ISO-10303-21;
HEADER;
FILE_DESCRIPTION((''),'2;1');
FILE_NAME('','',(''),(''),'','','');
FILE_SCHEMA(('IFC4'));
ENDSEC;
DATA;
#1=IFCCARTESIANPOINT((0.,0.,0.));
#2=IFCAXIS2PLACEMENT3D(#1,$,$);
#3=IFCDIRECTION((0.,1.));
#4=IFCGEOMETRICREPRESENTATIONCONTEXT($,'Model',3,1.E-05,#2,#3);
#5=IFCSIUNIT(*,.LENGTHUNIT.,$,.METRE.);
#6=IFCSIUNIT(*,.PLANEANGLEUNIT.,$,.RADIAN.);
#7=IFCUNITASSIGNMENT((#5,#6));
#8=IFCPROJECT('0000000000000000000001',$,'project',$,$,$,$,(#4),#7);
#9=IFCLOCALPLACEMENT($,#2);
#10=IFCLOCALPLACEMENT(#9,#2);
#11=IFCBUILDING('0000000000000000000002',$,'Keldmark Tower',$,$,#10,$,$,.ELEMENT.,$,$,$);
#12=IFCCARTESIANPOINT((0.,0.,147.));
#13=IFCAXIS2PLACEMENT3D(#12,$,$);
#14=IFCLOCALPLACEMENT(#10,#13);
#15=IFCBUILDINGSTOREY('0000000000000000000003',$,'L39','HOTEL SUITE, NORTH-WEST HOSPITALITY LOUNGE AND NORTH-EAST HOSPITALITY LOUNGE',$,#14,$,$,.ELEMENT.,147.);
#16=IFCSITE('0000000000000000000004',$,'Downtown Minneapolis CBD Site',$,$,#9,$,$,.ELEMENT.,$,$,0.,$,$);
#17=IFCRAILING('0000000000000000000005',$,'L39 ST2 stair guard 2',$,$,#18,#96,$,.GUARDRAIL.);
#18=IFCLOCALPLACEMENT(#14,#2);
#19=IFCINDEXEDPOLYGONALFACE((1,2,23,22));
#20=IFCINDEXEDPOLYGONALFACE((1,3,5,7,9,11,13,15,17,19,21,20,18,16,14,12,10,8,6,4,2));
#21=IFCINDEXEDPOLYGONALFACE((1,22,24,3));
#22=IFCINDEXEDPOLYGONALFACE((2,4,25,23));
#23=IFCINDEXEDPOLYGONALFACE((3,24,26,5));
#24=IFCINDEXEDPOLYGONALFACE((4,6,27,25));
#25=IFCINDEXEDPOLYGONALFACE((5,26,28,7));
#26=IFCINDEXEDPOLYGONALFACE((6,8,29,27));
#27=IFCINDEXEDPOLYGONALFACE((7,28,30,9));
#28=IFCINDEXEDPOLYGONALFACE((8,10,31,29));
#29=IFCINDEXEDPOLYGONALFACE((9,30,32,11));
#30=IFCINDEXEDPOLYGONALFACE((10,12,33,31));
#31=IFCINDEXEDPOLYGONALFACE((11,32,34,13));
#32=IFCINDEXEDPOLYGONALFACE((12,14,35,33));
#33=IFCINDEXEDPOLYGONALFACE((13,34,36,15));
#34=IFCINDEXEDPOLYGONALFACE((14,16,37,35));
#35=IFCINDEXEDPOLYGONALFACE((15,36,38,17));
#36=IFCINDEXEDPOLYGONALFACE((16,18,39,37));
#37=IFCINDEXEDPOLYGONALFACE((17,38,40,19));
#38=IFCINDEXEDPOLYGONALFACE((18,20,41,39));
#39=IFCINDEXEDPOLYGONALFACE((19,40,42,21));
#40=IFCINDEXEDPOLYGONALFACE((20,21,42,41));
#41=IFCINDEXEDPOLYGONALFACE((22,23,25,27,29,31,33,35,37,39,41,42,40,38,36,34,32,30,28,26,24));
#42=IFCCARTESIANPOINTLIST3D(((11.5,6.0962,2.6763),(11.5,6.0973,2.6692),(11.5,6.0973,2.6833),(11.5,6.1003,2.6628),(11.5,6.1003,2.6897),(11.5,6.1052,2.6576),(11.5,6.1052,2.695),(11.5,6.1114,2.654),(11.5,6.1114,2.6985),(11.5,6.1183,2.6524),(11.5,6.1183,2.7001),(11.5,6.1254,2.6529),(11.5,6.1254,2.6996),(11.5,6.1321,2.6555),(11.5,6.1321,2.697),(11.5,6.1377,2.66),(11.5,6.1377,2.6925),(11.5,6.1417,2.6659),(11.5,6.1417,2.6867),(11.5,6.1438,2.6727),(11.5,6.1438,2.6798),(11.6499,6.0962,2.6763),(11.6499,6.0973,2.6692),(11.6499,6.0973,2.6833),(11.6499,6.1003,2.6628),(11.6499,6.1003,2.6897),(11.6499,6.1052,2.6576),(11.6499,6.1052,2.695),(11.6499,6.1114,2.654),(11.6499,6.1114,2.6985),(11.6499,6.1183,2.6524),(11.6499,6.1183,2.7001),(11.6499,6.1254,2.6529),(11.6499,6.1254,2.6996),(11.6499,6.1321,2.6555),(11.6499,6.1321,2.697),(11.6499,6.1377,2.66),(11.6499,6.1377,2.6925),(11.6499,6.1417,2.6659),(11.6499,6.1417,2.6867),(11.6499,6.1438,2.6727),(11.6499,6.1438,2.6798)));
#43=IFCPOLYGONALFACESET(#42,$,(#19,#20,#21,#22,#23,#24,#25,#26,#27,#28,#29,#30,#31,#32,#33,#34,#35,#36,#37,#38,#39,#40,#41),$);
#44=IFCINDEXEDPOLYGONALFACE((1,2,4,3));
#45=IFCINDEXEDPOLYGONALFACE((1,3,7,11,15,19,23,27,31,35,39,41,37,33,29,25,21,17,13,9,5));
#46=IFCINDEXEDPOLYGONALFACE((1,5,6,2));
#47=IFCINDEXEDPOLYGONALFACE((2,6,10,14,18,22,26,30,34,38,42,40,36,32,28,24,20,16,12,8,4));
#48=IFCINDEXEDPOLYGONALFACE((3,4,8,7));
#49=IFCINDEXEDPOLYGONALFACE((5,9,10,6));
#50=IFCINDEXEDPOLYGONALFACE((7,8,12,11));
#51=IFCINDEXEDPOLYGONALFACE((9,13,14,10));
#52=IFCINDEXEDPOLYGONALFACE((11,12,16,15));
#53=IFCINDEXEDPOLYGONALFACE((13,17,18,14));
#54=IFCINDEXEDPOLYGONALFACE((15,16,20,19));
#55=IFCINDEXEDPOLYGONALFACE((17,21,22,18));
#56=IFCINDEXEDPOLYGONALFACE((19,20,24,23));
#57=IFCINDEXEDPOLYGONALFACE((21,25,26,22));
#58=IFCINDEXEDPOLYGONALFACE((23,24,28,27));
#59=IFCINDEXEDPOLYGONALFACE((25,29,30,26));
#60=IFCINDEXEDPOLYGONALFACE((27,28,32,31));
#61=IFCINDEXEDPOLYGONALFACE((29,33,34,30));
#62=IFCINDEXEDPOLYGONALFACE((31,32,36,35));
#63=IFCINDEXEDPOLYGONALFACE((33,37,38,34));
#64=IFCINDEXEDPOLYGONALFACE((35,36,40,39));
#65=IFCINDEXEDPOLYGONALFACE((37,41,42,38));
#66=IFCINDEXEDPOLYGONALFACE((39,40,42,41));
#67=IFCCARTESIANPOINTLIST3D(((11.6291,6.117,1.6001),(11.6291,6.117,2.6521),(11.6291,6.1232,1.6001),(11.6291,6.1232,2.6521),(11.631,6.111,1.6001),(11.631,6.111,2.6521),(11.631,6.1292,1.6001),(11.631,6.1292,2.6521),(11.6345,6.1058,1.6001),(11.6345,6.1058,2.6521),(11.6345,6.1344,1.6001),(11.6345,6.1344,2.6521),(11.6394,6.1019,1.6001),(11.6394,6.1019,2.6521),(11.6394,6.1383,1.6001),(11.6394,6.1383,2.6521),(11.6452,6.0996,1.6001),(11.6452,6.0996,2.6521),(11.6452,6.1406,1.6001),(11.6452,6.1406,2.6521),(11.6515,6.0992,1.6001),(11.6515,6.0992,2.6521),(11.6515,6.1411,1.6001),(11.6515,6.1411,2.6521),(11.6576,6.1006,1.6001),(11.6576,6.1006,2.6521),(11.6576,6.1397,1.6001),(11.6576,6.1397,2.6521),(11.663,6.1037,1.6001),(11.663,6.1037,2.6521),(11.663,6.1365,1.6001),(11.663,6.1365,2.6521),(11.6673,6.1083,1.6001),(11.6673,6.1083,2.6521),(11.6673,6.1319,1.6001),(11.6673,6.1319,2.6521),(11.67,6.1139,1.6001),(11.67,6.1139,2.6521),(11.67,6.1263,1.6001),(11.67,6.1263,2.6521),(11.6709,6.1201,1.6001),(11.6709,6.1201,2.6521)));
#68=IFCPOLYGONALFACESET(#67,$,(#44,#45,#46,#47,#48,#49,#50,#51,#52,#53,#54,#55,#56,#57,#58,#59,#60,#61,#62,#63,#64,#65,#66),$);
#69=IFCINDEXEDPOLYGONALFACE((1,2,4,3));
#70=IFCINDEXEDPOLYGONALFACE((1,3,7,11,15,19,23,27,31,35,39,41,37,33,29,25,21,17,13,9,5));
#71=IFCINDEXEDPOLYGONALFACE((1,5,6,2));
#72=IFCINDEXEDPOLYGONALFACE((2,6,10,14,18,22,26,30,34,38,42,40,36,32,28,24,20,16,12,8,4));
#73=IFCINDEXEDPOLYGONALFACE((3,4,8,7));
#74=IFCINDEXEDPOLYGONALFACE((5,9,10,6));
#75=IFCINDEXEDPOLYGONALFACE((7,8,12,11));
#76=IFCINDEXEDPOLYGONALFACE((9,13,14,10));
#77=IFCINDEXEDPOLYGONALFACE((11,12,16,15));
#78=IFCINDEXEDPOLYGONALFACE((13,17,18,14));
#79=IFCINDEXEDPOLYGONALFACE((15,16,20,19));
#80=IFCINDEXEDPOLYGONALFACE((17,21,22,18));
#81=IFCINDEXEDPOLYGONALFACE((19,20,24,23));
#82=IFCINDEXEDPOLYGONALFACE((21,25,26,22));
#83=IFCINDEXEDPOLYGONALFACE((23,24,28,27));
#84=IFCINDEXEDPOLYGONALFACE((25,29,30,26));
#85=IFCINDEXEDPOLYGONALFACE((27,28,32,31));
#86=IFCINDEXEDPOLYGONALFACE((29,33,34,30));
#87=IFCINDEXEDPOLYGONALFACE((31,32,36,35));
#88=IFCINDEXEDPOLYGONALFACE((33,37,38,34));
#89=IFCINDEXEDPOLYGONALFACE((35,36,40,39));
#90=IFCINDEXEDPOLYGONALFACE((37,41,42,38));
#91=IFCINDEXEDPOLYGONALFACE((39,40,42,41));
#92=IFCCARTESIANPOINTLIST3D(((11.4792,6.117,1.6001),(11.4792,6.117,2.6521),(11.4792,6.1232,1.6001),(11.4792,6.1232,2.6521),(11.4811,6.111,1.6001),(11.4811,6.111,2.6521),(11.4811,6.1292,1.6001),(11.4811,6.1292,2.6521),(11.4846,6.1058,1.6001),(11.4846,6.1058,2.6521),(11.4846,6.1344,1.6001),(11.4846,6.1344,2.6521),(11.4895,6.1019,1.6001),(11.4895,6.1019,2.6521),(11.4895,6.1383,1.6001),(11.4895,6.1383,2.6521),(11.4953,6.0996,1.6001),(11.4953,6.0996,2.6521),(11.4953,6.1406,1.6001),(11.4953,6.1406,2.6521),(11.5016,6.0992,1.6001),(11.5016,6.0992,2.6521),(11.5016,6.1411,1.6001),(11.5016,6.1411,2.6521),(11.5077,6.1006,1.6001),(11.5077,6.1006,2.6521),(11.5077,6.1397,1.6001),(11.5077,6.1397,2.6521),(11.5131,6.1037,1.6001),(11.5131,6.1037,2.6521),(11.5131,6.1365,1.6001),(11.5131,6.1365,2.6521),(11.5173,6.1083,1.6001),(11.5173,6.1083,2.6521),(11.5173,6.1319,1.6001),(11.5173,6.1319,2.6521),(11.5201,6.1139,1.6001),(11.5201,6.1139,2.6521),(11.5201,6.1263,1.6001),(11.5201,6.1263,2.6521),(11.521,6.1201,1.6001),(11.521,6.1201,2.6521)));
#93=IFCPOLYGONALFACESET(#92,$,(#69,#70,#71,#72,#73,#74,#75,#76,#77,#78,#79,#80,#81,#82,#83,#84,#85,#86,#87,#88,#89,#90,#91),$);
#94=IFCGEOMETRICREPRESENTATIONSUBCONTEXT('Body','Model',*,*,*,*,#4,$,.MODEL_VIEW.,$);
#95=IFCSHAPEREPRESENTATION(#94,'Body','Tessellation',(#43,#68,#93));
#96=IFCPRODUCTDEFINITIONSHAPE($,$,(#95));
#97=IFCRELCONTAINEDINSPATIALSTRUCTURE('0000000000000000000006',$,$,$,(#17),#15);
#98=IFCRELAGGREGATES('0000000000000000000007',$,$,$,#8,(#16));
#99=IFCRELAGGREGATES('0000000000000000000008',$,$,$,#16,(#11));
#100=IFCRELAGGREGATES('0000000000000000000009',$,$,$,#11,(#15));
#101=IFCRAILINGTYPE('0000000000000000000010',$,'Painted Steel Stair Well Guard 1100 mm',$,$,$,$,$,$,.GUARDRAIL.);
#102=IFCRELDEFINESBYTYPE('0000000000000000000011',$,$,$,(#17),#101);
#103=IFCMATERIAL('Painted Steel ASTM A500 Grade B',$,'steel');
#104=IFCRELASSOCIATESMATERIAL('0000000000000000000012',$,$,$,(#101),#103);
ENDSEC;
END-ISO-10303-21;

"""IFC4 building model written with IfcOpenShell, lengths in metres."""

from ifc_helpers import new_model, si_unit, direction, frame, origin, origin_2d, place, context, subcontext, project, spatial, circle, extrude, material, type_object, element, save


model = new_model("IFC4")

# Units and contexts
model_context = context("Model", 3, precision=1e-05, world=origin(), true_north=direction((0.0, 1.0)))
body_context = subcontext(model_context, "Body", "Model", "MODEL_VIEW")
ifc_project = project(units=[si_unit("LENGTHUNIT", "METRE"), si_unit("PLANEANGLEUNIT", "RADIAN")], contexts=[model_context])

# Site, building, storey
site_placement = place(None, origin())
site = spatial("IfcSite", under=ifc_project, at=site_placement, Name="Downtown Minneapolis CBD Site", CompositionType="ELEMENT", RefElevation=0.0)
building_placement = place(site_placement, origin())
building = spatial("IfcBuilding", under=site, at=building_placement, Name="Keldmark Tower", CompositionType="ELEMENT")
storey_placement = place(building_placement, frame((0.0, 0.0, 147.0)))
storey = spatial("IfcBuildingStorey", under=building, at=storey_placement, Name="L39", Description="HOTEL SUITE, NORTH-WEST HOSPITALITY LOUNGE AND NORTH-EAST HOSPITALITY LOUNGE", CompositionType="ELEMENT", Elevation=147.0)

# Railing
ifc_material_1 = material(Name="Painted Steel ASTM A500 Grade B", Category="steel")
railing_type_1 = type_object("IfcRailingType", Name="Painted Steel Stair Well Guard 1100 mm", PredefinedType="GUARDRAIL", material=ifc_material_1)
railing_1_placement = place(storey_placement, frame((11.6499, 6.1201, 1.6001)))
element("IfcRailing", 1, at=railing_1_placement, inside=storey, type_object=railing_type_1, Name="L39 ST2 stair guard 2", PredefinedType="GUARDRAIL", context=body_context, shape_type="SweptSolid", body=[
    extrude(circle(Radius=0.0239, at=origin_2d()), frame((0.0, 0.0, 1.0762), z_axis=(-1.0, 0.0, 0.0), x_axis=(0.0, -1.0, 0.0)), (0.0, 0.0, 1.0), 0.1499),
    extrude(circle(Radius=0.021, at=origin_2d()), origin(), (0.0, 0.0, 1.0), 1.052),
    extrude(circle(Radius=0.021, at=origin_2d()), frame((-0.1499, 0.0, 0.0)), (0.0, 0.0, 1.0), 1.052),
])

save(model, "model.ifc")
